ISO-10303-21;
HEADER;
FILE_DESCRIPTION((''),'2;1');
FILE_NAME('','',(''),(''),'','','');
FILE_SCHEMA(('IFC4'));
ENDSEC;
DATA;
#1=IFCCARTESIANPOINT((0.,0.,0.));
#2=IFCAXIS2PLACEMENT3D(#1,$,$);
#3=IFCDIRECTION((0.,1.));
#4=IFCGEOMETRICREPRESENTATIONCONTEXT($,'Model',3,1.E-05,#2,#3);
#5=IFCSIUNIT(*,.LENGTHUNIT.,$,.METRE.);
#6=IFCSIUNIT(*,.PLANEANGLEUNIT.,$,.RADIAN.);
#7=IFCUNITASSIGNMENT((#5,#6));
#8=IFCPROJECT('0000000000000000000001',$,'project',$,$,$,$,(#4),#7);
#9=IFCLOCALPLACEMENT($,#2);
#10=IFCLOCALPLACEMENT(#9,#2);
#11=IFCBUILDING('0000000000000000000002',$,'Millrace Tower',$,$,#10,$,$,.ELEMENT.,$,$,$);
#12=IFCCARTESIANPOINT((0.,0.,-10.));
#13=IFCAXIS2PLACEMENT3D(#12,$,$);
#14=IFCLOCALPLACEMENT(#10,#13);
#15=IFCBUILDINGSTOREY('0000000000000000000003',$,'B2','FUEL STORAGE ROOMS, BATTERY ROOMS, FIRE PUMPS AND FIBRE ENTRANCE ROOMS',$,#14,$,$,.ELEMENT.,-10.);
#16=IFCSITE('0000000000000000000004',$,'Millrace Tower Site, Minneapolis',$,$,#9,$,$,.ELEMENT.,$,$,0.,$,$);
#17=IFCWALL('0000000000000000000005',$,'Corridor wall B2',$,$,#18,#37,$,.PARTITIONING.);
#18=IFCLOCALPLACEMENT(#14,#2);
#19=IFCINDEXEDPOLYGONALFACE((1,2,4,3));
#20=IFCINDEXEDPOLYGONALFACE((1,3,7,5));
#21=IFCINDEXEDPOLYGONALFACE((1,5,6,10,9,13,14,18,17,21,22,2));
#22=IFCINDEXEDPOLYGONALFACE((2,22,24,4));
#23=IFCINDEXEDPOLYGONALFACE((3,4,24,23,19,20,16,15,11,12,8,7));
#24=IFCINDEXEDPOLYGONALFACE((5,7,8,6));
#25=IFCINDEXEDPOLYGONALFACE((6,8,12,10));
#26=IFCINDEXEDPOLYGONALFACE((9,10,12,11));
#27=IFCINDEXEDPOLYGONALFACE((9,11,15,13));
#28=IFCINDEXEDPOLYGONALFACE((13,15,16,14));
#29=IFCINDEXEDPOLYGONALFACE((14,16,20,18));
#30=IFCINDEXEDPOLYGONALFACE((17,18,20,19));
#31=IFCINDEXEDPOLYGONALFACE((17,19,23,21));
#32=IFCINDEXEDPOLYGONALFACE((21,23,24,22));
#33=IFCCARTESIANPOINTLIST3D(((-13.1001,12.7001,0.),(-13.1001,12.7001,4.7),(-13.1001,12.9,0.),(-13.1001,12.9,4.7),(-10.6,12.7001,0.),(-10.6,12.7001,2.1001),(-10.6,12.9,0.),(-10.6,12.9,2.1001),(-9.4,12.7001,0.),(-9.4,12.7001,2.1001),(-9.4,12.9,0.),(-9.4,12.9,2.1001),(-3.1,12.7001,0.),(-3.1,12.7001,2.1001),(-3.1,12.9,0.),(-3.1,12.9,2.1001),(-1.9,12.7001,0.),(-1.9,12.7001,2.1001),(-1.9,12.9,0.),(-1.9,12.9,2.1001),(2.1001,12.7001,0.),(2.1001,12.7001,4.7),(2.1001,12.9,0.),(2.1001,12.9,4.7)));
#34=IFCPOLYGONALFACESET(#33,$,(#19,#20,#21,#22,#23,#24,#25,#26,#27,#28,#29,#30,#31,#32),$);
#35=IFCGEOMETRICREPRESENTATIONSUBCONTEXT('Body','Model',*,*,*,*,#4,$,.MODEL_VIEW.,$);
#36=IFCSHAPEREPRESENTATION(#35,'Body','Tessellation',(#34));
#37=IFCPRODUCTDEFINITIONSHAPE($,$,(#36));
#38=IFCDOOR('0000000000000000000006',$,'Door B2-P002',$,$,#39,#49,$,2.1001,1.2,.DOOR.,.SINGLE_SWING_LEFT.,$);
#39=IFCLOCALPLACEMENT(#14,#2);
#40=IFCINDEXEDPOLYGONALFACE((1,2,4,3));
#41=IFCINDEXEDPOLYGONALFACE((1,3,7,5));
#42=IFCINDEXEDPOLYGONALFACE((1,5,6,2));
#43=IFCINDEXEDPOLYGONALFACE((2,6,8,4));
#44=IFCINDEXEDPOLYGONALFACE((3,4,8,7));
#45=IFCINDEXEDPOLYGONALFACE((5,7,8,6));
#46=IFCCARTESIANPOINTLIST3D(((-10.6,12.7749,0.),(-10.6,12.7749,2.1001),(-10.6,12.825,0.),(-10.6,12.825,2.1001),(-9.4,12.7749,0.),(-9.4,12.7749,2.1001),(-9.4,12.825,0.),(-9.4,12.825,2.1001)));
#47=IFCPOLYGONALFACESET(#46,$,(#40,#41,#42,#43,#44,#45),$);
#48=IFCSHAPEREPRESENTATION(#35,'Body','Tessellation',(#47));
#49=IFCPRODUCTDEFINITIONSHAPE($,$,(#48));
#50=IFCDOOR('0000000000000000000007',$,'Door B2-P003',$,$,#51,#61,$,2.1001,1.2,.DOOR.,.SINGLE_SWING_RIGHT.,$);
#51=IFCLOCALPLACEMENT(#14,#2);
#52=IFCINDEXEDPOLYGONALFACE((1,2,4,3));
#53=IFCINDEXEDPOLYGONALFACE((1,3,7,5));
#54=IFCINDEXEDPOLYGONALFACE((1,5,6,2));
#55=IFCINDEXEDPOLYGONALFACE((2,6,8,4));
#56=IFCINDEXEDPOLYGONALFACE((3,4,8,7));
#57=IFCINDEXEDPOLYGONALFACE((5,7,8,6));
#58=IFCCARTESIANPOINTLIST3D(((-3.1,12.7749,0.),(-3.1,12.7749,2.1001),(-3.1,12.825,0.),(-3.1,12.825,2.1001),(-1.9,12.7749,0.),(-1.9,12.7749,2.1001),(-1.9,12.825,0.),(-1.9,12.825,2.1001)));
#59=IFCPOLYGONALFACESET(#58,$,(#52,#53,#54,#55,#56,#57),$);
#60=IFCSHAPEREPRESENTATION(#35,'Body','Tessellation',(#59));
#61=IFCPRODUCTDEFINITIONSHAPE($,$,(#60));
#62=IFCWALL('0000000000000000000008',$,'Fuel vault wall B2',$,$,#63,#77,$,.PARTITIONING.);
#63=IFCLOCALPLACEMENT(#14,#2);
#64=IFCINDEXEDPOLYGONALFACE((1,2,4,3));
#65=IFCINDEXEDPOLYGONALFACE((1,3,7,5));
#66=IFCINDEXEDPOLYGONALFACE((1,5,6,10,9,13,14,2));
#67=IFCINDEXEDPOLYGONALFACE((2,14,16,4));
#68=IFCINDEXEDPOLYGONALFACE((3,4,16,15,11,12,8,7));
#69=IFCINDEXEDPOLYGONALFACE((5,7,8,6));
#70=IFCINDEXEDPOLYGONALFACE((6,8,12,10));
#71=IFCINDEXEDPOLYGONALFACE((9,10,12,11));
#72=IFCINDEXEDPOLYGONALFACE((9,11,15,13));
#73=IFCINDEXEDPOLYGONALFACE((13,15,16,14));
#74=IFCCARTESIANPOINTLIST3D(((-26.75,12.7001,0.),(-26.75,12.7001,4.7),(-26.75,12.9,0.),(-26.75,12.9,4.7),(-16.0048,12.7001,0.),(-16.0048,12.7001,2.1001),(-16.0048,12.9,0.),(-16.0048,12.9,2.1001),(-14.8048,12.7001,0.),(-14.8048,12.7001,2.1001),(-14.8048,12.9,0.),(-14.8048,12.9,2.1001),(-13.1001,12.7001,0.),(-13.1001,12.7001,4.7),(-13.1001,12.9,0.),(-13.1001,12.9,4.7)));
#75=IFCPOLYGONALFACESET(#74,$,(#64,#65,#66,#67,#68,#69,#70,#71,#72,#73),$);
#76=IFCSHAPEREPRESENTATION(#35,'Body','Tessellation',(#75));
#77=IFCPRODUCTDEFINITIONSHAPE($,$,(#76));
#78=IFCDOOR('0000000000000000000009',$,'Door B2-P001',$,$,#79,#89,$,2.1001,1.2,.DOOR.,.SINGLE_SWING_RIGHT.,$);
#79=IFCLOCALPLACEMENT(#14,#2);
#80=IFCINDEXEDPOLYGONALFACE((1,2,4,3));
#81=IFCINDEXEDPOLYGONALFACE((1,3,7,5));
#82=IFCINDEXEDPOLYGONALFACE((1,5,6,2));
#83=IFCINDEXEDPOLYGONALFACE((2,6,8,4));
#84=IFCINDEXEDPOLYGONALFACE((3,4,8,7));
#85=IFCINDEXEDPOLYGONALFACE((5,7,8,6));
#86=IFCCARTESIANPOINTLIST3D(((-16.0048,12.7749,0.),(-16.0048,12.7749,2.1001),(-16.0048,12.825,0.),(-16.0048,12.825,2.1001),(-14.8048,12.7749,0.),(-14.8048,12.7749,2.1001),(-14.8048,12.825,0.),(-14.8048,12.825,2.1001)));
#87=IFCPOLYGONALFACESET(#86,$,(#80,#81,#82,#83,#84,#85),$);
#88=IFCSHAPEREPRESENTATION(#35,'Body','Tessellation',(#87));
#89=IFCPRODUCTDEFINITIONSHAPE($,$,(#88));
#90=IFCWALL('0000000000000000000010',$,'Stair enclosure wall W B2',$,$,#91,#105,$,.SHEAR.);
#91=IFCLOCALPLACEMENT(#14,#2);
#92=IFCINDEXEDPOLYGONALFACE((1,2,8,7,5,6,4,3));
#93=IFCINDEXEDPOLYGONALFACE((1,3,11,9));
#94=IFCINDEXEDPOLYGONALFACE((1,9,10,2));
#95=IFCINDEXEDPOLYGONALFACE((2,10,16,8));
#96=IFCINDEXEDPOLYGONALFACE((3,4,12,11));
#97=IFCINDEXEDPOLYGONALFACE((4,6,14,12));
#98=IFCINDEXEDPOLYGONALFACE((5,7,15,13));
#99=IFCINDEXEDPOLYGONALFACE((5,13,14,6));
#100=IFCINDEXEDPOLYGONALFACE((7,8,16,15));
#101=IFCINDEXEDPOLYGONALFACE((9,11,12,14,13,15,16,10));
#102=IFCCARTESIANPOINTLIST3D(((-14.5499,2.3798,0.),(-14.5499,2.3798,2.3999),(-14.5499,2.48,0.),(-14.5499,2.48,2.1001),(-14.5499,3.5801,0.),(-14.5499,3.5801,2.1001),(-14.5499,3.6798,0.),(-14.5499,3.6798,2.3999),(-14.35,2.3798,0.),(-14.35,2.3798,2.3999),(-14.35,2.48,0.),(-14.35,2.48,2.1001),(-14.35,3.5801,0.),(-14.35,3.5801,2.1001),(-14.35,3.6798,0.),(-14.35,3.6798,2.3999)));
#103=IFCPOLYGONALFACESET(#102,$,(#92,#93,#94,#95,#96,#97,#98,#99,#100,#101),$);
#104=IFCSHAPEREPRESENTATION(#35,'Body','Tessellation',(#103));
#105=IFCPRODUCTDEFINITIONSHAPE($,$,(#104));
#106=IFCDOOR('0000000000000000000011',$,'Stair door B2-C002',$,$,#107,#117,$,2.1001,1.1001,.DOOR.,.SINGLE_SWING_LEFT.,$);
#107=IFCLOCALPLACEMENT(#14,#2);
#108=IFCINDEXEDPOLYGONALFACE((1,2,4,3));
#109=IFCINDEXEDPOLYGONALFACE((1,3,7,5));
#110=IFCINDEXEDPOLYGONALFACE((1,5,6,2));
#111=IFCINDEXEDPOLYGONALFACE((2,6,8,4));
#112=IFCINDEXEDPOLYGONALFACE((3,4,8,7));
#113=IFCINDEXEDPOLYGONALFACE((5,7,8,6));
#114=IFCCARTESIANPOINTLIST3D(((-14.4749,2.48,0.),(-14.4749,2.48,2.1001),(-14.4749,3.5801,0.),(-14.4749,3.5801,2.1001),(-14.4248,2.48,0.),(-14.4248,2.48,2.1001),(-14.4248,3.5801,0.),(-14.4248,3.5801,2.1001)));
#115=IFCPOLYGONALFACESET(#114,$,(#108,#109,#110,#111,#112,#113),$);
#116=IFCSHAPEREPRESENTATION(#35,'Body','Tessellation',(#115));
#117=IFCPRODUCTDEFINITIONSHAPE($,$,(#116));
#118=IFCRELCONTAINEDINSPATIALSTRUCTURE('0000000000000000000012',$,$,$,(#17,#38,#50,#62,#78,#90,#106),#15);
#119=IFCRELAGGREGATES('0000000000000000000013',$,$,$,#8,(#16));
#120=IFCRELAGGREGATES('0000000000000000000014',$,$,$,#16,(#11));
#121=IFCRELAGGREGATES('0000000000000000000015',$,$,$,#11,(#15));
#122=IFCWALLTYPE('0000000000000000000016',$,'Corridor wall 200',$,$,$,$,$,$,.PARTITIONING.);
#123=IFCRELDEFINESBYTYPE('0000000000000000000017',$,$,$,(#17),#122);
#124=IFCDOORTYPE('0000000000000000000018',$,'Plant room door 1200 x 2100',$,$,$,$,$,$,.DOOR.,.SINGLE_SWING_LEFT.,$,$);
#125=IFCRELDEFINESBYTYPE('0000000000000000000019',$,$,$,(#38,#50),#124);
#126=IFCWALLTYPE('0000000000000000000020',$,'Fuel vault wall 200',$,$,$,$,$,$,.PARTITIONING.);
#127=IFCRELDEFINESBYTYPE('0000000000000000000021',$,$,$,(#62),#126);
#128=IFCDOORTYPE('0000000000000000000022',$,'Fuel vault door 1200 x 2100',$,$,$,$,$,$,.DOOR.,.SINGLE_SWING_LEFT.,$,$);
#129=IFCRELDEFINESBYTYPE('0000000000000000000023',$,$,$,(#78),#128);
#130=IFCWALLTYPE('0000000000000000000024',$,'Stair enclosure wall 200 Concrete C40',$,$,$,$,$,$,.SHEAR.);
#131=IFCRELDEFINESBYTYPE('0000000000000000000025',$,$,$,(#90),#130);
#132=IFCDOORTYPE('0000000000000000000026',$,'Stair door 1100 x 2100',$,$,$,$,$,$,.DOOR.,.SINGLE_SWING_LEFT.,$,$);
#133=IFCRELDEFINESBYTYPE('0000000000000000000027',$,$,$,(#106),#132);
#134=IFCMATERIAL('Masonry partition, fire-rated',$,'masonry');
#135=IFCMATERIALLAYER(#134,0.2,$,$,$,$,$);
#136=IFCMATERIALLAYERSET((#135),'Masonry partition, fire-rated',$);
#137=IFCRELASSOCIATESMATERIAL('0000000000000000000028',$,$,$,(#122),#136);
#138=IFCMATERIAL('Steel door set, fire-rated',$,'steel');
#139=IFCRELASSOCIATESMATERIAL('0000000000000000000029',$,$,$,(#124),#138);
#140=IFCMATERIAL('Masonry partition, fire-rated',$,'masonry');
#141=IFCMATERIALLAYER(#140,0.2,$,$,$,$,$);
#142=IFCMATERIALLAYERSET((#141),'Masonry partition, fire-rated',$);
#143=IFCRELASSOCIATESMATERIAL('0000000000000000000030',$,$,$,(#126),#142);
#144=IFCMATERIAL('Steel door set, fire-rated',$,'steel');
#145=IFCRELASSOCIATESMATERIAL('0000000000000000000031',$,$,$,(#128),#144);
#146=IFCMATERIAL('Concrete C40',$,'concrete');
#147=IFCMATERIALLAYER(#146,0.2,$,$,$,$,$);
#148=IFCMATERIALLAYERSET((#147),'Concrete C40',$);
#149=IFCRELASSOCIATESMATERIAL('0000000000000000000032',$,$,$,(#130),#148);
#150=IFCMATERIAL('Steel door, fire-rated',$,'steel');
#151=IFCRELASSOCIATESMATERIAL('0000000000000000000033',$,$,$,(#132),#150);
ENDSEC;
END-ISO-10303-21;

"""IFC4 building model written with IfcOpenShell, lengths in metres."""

from ifc_helpers import new_model, si_unit, direction, frame, frame_2d, origin, place, context, subcontext, project, spatial, rectangle, extrude, material, layer, layer_set, type_object, element, fill, save


model = new_model("IFC4")

# Units and contexts
model_context = context("Model", 3, precision=1e-05, world=origin(), true_north=direction((0.0, 1.0)))
body_context = subcontext(model_context, "Body", "Model", "MODEL_VIEW")
ifc_project = project(units=[si_unit("LENGTHUNIT", "METRE"), si_unit("PLANEANGLEUNIT", "RADIAN")], contexts=[model_context])

# Site, building, storey
site_placement = place(None, origin())
site = spatial("IfcSite", under=ifc_project, at=site_placement, Name="Millrace Tower Site, Minneapolis", CompositionType="ELEMENT", RefElevation=0.0)
building_placement = place(site_placement, origin())
building = spatial("IfcBuilding", under=site, at=building_placement, Name="Millrace Tower", CompositionType="ELEMENT")
storey_placement = place(building_placement, frame((0.0, 0.0, -10.0)))
storey = spatial("IfcBuildingStorey", under=building, at=storey_placement, Name="B2", Description="FUEL STORAGE ROOMS, BATTERY ROOMS, FIRE PUMPS AND FIBRE ENTRANCE ROOMS", CompositionType="ELEMENT", Elevation=-10.0)

# Shared definitions
ifc_material_1 = material(Name="Masonry partition, fire-rated", Category="masonry")
ifc_layer_1 = layer(ifc_material_1, 0.2)
ifc_layer_set_1 = layer_set([ifc_layer_1], Name="Masonry partition, fire-rated")
wall_type_1 = type_object("IfcWallType", Name="Corridor wall 200", PredefinedType="PARTITIONING", material=ifc_layer_set_1)

# Wall, openings, doors
wall_1_placement = place(storey_placement, frame((-13.1001, 12.8, 0.0), z_axis=(0.0, 0.0, 1.0), x_axis=(1.0, 0.0, 0.0)))
wall_1 = element("IfcWall", 1, at=wall_1_placement, inside=storey, type_object=wall_type_1, Name="Corridor wall B2", PredefinedType="PARTITIONING", context=body_context, shape_type="SweptSolid", body=[
    extrude(rectangle(XDim=15.2002, YDim=0.2, at=frame_2d((7.6001, 0.0))), origin(), (0.0, 0.0, 1.0), 4.7),
])
opening_1_placement = place(wall_1_placement, frame((2.5, 0.0, 0.0)))
opening_1 = element("IfcOpeningElement", 2, at=opening_1_placement, cuts=wall_1, PredefinedType="OPENING", context=body_context, shape_type="SweptSolid", body=[
    extrude(rectangle(XDim=1.2, YDim=2.1001, at=frame_2d((0.6001, 1.05))), frame((0.0, 0.1099, 0.0), z_axis=(0.0, -1.0, 0.0), x_axis=(1.0, 0.0, 0.0)), (0.0, 0.0, 1.0), 0.22),
])
opening_2_placement = place(wall_1_placement, frame((10.0, 0.0, 0.0)))
opening_2 = element("IfcOpeningElement", 3, at=opening_2_placement, cuts=wall_1, PredefinedType="OPENING", context=body_context, shape_type="SweptSolid", body=[
    extrude(rectangle(XDim=1.2, YDim=2.1001, at=frame_2d((0.6001, 1.05))), frame((0.0, 0.1099, 0.0), z_axis=(0.0, -1.0, 0.0), x_axis=(1.0, 0.0, 0.0)), (0.0, 0.0, 1.0), 0.22),
])
ifc_material_2 = material(Name="Steel door set, fire-rated", Category="steel")
door_type_1 = type_object("IfcDoorType", Name="Plant room door 1200 x 2100", OperationType="SINGLE_SWING_LEFT", PredefinedType="DOOR", material=ifc_material_2)
door_1_placement = place(opening_1_placement, origin())
door_1 = element("IfcDoor", 4, at=door_1_placement, inside=storey, type_object=door_type_1, Name="Door B2-P002", OperationType="SINGLE_SWING_LEFT", OverallHeight=2.1001, OverallWidth=1.2, PredefinedType="DOOR", context=body_context, shape_type="SweptSolid", body=[
    extrude(rectangle(XDim=1.2, YDim=2.1001, at=frame_2d((0.6001, 1.05))), frame((0.0, 0.0249, 0.0), z_axis=(0.0, -1.0, 0.0), x_axis=(1.0, 0.0, 0.0)), (0.0, 0.0, 1.0), 0.05),
])
fill(opening_1, door_1)
door_2_placement = place(opening_2_placement, origin())
door_2 = element("IfcDoor", 5, at=door_2_placement, inside=storey, type_object=door_type_1, Name="Door B2-P003", OperationType="SINGLE_SWING_RIGHT", OverallHeight=2.1001, OverallWidth=1.2, PredefinedType="DOOR", context=body_context, shape_type="SweptSolid", body=[
    extrude(rectangle(XDim=1.2, YDim=2.1001, at=frame_2d((0.6001, 1.05))), frame((0.0, 0.0249, 0.0), z_axis=(0.0, -1.0, 0.0), x_axis=(1.0, 0.0, 0.0)), (0.0, 0.0, 1.0), 0.05),
])
fill(opening_2, door_2)

# Walls, openings, doors
ifc_material_3 = material(Name="Masonry partition, fire-rated", Category="masonry")
ifc_layer_2 = layer(ifc_material_3, 0.2)
ifc_layer_set_2 = layer_set([ifc_layer_2], Name="Masonry partition, fire-rated")
wall_type_2 = type_object("IfcWallType", Name="Fuel vault wall 200", PredefinedType="PARTITIONING", material=ifc_layer_set_2)
wall_2_placement = place(storey_placement, frame((-26.75, 12.8, 0.0), z_axis=(0.0, 0.0, 1.0), x_axis=(1.0, 0.0, 0.0)))
wall_2 = element("IfcWall", 6, at=wall_2_placement, inside=storey, type_object=wall_type_2, Name="Fuel vault wall B2", PredefinedType="PARTITIONING", context=body_context, shape_type="SweptSolid", body=[
    extrude(rectangle(XDim=13.6499, YDim=0.2, at=frame_2d((6.825, 0.0))), origin(), (0.0, 0.0, 1.0), 4.7),
])
opening_3_placement = place(wall_2_placement, frame((10.7451, 0.0, 0.0)))
opening_3 = element("IfcOpeningElement", 7, at=opening_3_placement, cuts=wall_2, PredefinedType="OPENING", context=body_context, shape_type="SweptSolid", body=[
    extrude(rectangle(XDim=1.2, YDim=2.1001, at=frame_2d((0.6001, 1.05))), frame((0.0, 0.1099, 0.0), z_axis=(0.0, -1.0, 0.0), x_axis=(1.0, 0.0, 0.0)), (0.0, 0.0, 1.0), 0.22),
])
ifc_material_4 = material(Name="Steel door set, fire-rated", Category="steel")
door_type_2 = type_object("IfcDoorType", Name="Fuel vault door 1200 x 2100", OperationType="SINGLE_SWING_LEFT", PredefinedType="DOOR", material=ifc_material_4)
door_3_placement = place(opening_3_placement, origin())
door_3 = element("IfcDoor", 8, at=door_3_placement, inside=storey, type_object=door_type_2, Name="Door B2-P001", OperationType="SINGLE_SWING_RIGHT", OverallHeight=2.1001, OverallWidth=1.2, PredefinedType="DOOR", context=body_context, shape_type="SweptSolid", body=[
    extrude(rectangle(XDim=1.2, YDim=2.1001, at=frame_2d((0.6001, 1.05))), frame((0.0, 0.0249, 0.0), z_axis=(0.0, -1.0, 0.0), x_axis=(1.0, 0.0, 0.0)), (0.0, 0.0, 1.0), 0.05),
])
fill(opening_3, door_3)
ifc_material_5 = material(Name="Concrete C40", Category="concrete")
ifc_layer_3 = layer(ifc_material_5, 0.2)
ifc_layer_set_3 = layer_set([ifc_layer_3], Name="Concrete C40")
wall_type_3 = type_object("IfcWallType", Name="Stair enclosure wall 200 Concrete C40", PredefinedType="SHEAR", material=ifc_layer_set_3)
wall_3_placement = place(storey_placement, frame((-14.45, 2.3799, 0.0), z_axis=(0.0, 0.0, 1.0), x_axis=(0.0, 1.0, 0.0)))
wall_3 = element("IfcWall", 9, at=wall_3_placement, inside=storey, type_object=wall_type_3, Name="Stair enclosure wall W B2", PredefinedType="SHEAR", context=body_context, shape_type="SweptSolid", body=[
    extrude(rectangle(XDim=1.3, YDim=0.2, at=frame_2d((0.6499, 0.0))), origin(), (0.0, 0.0, 1.0), 2.3999),
])
opening_4_placement = place(wall_3_placement, frame((0.1001, 0.0, 0.0)))
opening_4 = element("IfcOpeningElement", 10, at=opening_4_placement, cuts=wall_3, PredefinedType="OPENING", context=body_context, shape_type="SweptSolid", body=[
    extrude(rectangle(XDim=1.1001, YDim=2.1001, at=frame_2d((0.55, 1.05))), frame((0.0, 0.1099, 0.0), z_axis=(0.0, -1.0, 0.0), x_axis=(1.0, 0.0, 0.0)), (0.0, 0.0, 1.0), 0.22),
])
ifc_material_6 = material(Name="Steel door, fire-rated", Category="steel")
door_type_3 = type_object("IfcDoorType", Name="Stair door 1100 x 2100", OperationType="SINGLE_SWING_LEFT", PredefinedType="DOOR", material=ifc_material_6)
door_4_placement = place(opening_4_placement, origin())
door_4 = element("IfcDoor", 11, at=door_4_placement, inside=storey, type_object=door_type_3, Name="Stair door B2-C002", OperationType="SINGLE_SWING_LEFT", OverallHeight=2.1001, OverallWidth=1.1001, PredefinedType="DOOR", context=body_context, shape_type="SweptSolid", body=[
    extrude(rectangle(XDim=1.1001, YDim=2.1001, at=frame_2d((0.55, 1.05))), frame((0.0, 0.0249, 0.0), z_axis=(0.0, -1.0, 0.0), x_axis=(1.0, 0.0, 0.0)), (0.0, 0.0, 1.0), 0.05),
])
fill(opening_4, door_4)

save(model, "model.ifc")
